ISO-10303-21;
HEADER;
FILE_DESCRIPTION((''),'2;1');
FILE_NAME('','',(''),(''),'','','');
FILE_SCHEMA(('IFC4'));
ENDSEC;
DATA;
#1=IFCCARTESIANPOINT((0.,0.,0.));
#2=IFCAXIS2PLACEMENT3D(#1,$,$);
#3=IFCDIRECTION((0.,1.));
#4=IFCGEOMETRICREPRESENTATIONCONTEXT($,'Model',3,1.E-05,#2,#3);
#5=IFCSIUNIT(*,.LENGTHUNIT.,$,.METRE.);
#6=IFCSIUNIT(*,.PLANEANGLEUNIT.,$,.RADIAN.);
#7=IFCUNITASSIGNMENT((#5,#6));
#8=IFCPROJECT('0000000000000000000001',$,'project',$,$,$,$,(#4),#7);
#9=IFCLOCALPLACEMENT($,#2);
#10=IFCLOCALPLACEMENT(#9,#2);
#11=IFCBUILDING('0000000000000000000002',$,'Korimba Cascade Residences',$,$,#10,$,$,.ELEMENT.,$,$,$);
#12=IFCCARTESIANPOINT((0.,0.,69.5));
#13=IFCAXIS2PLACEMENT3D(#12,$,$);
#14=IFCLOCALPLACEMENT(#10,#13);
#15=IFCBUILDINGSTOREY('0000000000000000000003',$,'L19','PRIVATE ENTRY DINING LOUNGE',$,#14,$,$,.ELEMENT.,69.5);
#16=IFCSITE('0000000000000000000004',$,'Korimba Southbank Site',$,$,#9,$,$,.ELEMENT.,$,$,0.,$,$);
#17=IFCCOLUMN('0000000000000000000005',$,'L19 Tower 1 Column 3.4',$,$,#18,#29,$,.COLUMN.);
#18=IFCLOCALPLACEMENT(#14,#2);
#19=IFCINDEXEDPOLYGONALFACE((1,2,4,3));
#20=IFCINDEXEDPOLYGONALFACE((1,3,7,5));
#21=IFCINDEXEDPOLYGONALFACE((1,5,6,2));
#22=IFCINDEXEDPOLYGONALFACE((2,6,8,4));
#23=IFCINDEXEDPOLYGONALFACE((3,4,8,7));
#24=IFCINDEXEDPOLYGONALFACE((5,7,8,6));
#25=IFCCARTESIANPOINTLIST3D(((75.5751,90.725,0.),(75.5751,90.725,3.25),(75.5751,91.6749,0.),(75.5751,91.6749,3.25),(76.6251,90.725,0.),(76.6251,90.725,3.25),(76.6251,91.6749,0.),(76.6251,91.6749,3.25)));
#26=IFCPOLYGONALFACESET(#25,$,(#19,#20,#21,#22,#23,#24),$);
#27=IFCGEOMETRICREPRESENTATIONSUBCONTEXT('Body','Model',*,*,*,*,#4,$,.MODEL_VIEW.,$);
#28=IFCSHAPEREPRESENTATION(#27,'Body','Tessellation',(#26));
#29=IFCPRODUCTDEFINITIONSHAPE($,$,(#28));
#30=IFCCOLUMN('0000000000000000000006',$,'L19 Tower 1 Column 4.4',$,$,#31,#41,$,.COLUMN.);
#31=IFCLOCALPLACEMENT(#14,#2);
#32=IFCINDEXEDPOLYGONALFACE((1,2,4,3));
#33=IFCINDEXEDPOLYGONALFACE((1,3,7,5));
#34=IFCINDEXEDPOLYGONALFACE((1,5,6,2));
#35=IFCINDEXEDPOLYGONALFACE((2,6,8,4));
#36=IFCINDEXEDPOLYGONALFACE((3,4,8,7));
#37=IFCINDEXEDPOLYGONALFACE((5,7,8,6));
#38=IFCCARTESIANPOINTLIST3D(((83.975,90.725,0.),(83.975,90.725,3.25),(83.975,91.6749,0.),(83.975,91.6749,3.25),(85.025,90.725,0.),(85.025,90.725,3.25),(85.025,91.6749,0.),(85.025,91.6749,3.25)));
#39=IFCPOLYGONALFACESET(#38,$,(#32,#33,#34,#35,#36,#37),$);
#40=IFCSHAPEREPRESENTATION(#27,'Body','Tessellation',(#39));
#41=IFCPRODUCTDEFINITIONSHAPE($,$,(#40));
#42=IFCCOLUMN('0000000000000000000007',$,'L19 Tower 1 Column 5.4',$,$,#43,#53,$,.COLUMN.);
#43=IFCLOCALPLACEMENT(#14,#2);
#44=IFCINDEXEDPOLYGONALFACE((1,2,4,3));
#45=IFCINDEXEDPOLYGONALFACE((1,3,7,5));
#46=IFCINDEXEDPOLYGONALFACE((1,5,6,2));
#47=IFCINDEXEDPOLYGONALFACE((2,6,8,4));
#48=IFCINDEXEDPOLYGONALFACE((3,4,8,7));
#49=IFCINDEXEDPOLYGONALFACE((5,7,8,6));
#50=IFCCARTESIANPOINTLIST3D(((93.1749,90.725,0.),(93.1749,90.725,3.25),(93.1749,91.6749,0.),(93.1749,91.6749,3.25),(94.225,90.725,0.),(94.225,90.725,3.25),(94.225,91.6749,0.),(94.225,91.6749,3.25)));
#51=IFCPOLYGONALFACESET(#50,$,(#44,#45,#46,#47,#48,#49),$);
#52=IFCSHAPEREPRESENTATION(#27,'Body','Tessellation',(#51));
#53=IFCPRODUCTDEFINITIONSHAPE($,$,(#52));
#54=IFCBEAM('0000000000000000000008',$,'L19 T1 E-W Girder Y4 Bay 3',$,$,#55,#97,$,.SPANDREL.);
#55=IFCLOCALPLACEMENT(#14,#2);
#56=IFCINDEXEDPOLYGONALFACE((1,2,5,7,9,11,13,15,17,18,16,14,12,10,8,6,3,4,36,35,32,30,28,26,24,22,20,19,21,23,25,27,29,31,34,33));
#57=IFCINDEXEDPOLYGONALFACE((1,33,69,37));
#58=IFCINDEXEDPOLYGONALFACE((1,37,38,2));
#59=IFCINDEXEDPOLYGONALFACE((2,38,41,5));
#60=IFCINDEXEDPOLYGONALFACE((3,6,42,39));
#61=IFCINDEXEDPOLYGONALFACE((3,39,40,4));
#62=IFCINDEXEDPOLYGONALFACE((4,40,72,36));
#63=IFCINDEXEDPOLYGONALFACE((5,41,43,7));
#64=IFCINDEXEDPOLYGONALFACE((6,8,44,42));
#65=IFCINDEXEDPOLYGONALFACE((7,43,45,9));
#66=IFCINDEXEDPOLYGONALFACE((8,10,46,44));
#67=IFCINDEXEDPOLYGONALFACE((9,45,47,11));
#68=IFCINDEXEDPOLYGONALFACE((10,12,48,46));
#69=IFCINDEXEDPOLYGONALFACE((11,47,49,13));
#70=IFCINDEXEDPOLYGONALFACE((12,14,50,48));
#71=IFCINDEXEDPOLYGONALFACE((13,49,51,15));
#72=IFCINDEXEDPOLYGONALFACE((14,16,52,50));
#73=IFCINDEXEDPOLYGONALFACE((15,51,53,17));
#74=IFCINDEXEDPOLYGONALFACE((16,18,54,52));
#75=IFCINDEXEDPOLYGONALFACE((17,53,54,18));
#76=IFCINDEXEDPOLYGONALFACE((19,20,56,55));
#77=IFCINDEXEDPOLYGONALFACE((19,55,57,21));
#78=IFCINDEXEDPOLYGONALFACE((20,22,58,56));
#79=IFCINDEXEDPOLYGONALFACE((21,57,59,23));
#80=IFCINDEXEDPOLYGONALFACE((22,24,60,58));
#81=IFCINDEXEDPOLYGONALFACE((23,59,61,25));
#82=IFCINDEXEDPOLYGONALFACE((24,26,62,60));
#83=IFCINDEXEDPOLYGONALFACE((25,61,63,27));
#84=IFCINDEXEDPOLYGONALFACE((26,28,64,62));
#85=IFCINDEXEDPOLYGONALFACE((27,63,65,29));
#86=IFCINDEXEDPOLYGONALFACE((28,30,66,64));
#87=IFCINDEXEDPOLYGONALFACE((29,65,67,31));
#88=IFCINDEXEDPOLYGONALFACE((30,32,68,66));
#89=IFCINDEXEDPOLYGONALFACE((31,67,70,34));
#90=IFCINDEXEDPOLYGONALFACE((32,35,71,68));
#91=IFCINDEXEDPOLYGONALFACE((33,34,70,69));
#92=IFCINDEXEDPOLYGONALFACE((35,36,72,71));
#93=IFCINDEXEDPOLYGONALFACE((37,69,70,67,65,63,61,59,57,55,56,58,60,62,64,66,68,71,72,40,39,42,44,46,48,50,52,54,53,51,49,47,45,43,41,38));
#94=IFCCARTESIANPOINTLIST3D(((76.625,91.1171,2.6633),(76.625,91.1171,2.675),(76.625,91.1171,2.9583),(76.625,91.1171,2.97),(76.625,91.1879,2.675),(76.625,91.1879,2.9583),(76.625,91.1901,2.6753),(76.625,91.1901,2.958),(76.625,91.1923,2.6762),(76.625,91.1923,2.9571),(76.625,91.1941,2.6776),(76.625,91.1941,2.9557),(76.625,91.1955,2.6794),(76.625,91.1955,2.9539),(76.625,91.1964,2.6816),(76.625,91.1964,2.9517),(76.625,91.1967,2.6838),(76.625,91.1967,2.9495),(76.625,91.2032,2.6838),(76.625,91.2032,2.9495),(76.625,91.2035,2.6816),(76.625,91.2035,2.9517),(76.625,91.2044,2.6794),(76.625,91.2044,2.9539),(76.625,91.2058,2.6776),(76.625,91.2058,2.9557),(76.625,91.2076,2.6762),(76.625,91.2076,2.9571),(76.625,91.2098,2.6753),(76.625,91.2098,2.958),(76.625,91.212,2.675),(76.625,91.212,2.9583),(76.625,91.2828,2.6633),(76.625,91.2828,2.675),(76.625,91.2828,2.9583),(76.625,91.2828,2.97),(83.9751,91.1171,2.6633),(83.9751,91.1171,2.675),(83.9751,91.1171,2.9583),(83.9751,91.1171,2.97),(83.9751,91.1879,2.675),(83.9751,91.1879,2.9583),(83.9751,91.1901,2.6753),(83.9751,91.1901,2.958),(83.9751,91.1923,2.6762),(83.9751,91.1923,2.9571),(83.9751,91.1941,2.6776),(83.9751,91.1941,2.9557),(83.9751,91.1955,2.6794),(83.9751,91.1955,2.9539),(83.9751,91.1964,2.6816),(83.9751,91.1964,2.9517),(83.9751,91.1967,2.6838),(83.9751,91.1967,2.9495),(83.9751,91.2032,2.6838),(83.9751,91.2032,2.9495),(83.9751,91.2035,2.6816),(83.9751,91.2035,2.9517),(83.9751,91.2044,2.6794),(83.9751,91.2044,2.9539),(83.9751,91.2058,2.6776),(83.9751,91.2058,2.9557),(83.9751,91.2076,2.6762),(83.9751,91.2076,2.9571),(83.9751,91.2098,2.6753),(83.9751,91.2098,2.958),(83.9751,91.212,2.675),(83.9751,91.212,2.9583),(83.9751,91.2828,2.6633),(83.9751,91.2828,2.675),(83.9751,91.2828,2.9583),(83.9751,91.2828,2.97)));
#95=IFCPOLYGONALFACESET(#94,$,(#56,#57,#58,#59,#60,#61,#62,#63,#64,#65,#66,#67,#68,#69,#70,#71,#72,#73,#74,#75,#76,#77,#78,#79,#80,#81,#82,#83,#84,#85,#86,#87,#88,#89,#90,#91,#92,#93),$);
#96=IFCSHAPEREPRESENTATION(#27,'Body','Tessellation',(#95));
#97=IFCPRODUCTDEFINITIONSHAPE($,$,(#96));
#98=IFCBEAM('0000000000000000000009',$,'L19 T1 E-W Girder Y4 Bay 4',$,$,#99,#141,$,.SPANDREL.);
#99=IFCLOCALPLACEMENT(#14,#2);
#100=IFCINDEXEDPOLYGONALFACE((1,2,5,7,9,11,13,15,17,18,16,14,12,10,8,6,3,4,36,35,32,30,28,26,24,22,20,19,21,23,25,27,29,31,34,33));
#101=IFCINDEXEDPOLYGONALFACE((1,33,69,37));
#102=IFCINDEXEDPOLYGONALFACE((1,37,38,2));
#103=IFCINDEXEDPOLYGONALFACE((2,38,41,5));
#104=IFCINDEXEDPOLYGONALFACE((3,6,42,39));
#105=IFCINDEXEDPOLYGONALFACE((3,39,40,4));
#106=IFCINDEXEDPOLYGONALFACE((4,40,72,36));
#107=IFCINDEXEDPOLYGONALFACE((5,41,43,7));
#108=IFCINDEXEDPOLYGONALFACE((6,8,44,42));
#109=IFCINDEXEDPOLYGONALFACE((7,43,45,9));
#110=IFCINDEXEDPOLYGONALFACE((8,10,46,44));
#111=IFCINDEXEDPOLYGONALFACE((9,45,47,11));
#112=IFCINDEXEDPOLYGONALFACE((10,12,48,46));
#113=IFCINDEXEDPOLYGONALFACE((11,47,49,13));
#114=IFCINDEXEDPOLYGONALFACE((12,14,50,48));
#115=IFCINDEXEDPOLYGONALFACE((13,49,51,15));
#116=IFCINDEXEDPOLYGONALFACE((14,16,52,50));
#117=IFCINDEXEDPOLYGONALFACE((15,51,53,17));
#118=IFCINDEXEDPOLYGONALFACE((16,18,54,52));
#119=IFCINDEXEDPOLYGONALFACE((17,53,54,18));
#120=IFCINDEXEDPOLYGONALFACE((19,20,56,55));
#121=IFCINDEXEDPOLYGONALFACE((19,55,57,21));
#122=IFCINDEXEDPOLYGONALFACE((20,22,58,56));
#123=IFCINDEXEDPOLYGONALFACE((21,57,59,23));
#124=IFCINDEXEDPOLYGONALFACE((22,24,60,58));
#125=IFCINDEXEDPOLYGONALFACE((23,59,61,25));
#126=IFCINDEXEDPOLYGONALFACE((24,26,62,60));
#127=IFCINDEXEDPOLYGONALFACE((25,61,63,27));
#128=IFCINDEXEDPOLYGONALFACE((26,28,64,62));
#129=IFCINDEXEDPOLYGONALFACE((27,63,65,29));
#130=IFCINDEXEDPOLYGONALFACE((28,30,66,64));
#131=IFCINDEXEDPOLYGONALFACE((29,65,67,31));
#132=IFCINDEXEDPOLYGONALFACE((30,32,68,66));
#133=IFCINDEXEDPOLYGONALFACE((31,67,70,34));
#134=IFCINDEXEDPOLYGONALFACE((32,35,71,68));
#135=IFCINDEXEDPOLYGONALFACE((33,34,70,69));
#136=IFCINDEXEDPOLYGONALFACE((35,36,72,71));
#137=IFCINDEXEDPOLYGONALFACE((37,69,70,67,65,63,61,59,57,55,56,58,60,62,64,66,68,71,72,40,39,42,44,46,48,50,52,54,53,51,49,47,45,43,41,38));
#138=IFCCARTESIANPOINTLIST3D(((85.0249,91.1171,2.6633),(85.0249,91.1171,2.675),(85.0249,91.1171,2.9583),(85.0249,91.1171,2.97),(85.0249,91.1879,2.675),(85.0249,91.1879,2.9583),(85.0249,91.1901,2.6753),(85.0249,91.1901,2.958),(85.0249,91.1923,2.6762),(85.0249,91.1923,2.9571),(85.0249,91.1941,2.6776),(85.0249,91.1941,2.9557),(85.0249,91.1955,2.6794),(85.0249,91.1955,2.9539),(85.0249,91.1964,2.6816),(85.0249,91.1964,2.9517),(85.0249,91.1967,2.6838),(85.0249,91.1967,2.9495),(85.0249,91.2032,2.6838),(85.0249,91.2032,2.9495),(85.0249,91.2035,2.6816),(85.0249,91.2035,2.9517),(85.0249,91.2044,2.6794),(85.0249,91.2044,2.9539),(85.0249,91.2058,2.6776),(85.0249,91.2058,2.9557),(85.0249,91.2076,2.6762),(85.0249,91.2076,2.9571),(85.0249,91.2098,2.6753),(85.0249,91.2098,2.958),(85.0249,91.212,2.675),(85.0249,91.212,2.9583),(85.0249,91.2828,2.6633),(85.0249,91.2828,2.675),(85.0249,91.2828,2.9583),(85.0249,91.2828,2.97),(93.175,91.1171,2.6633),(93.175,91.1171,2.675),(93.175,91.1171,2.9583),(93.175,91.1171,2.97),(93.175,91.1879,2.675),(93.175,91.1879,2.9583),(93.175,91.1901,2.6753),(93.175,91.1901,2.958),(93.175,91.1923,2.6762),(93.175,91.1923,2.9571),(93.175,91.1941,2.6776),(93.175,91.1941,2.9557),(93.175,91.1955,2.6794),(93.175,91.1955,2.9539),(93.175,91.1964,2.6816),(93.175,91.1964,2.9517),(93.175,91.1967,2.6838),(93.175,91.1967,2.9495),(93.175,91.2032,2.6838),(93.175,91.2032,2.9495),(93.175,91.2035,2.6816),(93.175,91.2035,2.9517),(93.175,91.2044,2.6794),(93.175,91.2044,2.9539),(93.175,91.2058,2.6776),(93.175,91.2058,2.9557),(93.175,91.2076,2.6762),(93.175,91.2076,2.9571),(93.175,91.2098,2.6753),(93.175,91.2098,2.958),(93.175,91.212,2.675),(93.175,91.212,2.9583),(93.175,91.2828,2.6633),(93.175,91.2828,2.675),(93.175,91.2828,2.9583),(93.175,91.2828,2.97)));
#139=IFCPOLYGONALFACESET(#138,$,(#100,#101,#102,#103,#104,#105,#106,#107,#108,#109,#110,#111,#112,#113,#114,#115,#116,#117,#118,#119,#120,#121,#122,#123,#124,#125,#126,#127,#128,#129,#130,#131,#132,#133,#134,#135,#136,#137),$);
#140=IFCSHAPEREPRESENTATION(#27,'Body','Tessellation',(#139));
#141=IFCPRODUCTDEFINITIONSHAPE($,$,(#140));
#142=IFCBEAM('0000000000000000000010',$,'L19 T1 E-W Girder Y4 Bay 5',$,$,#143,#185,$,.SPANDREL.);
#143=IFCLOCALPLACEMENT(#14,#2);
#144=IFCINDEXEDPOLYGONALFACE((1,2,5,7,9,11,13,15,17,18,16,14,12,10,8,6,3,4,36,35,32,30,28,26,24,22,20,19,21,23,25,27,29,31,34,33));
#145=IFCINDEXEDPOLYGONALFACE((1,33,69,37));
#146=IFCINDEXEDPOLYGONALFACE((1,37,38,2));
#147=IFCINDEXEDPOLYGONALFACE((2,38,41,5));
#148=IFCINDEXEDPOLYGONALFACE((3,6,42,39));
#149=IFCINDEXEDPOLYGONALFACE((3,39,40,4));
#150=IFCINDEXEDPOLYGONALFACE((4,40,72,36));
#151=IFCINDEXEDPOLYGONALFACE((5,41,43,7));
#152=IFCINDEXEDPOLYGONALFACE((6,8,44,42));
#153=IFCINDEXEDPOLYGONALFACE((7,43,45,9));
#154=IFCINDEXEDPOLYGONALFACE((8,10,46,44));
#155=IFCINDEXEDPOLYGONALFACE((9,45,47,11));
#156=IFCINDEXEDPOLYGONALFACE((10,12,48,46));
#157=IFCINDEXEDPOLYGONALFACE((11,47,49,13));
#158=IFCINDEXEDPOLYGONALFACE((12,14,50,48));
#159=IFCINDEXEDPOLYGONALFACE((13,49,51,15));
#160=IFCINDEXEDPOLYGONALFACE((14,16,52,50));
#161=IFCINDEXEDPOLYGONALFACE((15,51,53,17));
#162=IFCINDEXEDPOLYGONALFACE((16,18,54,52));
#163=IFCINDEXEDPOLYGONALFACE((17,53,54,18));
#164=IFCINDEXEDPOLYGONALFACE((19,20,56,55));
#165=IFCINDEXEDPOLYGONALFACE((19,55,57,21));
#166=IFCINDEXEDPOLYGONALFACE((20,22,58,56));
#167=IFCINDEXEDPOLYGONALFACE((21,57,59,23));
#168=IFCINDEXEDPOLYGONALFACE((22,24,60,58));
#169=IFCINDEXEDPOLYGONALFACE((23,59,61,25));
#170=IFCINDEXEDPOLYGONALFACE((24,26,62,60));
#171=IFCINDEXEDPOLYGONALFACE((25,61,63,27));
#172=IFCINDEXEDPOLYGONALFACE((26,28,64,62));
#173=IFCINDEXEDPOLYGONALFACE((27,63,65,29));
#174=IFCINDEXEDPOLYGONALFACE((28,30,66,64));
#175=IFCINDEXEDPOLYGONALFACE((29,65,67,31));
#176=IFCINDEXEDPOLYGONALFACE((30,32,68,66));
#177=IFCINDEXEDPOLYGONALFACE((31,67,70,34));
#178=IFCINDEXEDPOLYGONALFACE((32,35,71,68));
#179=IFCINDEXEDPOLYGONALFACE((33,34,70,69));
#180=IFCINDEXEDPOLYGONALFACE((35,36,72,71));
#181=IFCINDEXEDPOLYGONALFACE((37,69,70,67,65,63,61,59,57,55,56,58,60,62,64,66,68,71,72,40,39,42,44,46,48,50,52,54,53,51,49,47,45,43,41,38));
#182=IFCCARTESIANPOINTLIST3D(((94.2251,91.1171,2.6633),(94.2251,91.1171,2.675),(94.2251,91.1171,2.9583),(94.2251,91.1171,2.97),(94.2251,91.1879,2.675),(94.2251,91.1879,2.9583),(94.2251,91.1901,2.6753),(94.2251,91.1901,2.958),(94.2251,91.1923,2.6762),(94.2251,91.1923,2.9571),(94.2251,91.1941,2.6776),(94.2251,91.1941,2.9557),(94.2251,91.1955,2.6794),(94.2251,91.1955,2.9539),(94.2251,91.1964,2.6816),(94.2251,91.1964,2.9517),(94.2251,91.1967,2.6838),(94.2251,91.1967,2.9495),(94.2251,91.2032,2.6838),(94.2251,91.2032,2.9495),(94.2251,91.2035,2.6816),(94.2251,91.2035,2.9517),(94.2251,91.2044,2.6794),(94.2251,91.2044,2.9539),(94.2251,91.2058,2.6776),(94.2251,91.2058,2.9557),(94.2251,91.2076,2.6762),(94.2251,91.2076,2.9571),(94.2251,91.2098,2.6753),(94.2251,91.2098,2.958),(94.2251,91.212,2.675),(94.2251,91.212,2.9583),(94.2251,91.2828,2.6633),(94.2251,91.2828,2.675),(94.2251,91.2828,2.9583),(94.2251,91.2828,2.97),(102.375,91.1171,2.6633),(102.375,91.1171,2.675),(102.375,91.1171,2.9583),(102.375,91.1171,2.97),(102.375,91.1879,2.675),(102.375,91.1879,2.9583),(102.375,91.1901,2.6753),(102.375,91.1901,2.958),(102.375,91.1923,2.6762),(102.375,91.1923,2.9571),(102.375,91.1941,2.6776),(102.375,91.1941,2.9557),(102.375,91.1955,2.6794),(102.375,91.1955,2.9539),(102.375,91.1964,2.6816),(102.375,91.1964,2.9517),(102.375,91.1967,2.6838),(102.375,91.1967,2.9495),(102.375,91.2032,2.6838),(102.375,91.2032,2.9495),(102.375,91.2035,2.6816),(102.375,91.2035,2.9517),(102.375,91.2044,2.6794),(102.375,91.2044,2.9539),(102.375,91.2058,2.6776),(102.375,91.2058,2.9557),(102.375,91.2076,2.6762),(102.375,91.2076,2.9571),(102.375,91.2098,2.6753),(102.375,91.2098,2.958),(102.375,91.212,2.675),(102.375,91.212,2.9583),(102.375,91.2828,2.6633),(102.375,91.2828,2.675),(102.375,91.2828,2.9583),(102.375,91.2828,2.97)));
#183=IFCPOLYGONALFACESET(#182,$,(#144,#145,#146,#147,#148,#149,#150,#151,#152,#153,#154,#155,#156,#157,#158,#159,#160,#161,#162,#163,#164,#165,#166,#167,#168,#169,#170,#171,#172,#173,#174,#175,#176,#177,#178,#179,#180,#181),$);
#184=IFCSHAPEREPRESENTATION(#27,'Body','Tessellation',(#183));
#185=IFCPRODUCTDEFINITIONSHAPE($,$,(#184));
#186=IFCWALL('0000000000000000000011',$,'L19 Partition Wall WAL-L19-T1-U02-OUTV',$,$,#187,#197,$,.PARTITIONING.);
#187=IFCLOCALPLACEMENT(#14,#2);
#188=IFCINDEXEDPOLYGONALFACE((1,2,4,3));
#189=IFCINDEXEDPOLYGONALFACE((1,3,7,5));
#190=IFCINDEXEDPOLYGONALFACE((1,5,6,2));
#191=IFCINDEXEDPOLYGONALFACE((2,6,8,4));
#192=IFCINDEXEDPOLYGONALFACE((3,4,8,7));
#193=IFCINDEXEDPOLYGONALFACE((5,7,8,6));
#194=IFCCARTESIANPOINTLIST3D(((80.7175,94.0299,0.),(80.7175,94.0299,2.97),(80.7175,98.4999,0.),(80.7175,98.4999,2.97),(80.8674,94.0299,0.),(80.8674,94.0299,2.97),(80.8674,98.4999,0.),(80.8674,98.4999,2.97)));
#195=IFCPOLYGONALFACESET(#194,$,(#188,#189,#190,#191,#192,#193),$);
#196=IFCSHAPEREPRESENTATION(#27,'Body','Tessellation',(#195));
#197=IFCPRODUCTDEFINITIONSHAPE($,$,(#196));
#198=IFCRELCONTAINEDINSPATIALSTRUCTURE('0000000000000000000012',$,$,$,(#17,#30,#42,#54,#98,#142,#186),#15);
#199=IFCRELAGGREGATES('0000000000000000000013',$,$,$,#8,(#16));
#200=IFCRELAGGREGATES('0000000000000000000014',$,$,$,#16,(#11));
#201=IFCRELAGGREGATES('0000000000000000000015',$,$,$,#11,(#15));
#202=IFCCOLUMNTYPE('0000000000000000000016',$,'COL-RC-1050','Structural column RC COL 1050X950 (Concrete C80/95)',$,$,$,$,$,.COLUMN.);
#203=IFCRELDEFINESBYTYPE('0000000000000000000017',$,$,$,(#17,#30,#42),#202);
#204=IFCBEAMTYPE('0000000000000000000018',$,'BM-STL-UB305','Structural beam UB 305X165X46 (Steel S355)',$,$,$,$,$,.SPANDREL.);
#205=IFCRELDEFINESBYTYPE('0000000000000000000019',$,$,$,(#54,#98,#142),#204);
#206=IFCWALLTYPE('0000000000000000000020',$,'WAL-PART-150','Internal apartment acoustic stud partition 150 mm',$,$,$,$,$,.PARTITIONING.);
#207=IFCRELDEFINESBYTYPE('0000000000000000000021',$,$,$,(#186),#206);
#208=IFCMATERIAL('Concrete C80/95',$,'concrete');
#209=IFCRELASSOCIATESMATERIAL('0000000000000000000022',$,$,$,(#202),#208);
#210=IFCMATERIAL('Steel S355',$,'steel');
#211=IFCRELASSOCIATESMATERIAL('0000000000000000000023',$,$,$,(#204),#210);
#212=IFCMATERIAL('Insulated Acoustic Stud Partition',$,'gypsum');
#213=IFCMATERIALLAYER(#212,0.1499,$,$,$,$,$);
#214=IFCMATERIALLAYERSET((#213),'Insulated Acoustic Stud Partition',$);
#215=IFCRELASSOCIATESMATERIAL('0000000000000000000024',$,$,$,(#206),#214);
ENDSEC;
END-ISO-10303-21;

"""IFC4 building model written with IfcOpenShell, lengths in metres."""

from ifc_helpers import new_model, si_unit, direction, frame, frame_2d, origin, origin_2d, place, context, subcontext, project, spatial, rectangle, i_section, extrude, material, layer, layer_set, material_profile, profile_set, type_object, element, save


model = new_model("IFC4")

# Units and contexts
model_context = context("Model", 3, precision=1e-05, world=origin(), true_north=direction((0.0, 1.0)))
body_context = subcontext(model_context, "Body", "Model", "MODEL_VIEW")
ifc_project = project(units=[si_unit("LENGTHUNIT", "METRE"), si_unit("PLANEANGLEUNIT", "RADIAN")], contexts=[model_context])

# Site, building, storey
site_placement = place(None, origin())
site = spatial("IfcSite", under=ifc_project, at=site_placement, Name="Korimba Southbank Site", CompositionType="ELEMENT", RefElevation=0.0)
building_placement = place(site_placement, origin())
building = spatial("IfcBuilding", under=site, at=building_placement, Name="Korimba Cascade Residences", CompositionType="ELEMENT")
storey_placement = place(building_placement, frame((0.0, 0.0, 69.5)))
storey = spatial("IfcBuildingStorey", under=building, at=storey_placement, Name="L19", Description="PRIVATE ENTRY DINING LOUNGE", CompositionType="ELEMENT", Elevation=69.5)

# Columns
ifc_material_1 = material(Name="Concrete C80/95", Category="concrete")
ifc_material_profile_1 = material_profile(ifc_material_1, rectangle(XDim=1.05, YDim=0.95, at=origin_2d()), Name="Concrete C80/95")
ifc_profile_set_1 = profile_set([ifc_material_profile_1], Name="Concrete C80/95")
column_type = type_object("IfcColumnType", Name="COL-RC-1050", Description="Structural column RC COL 1050X950 (Concrete C80/95)", PredefinedType="COLUMN", material=ifc_profile_set_1)
for number, where, z_axis, x_axis, name in (
    (1, (76.1001, 91.2, 0.0), (0.0, 0.0, 1.0), (1.0, 0.0, 0.0), "L19 Tower 1 Column 3.4"),
    (2, (84.5, 91.2, 0.0), (0.0, 0.0, 1.0), (1.0, 0.0, 0.0), "L19 Tower 1 Column 4.4"),
    (3, (93.7, 91.2, 0.0), (0.0, 0.0, 1.0), (1.0, 0.0, 0.0), "L19 Tower 1 Column 5.4"),
):
    element("IfcColumn", number, at=place(storey_placement, frame(where, z_axis=z_axis, x_axis=x_axis)), inside=storey, type_object=column_type, Name=name, PredefinedType="COLUMN", context=body_context, shape_type="SweptSolid", body=[
        extrude(rectangle(XDim=1.05, YDim=0.95, at=origin_2d()), origin(), (0.0, 0.0, 1.0), 3.25),
    ])

# Beams
ifc_material_2 = material(Name="Steel S355", Category="steel")
ifc_material_profile_2 = material_profile(ifc_material_2, i_section(OverallWidth=0.1658, OverallDepth=0.3066, WebThickness=0.0066, FlangeThickness=0.0117, FilletRadius=0.0088, at=origin_2d()), Name="Steel S355")
ifc_profile_set_2 = profile_set([ifc_material_profile_2], Name="Steel S355")
beam_type = type_object("IfcBeamType", Name="BM-STL-UB305", Description="Structural beam UB 305X165X46 (Steel S355)", PredefinedType="SPANDREL", material=ifc_profile_set_2)
beam_1_placement = place(storey_placement, frame((76.625, 91.2, 2.8167), z_axis=(1.0, 0.0, 0.0), x_axis=(0.0, 1.0, 0.0)))
element("IfcBeam", 4, at=beam_1_placement, inside=storey, type_object=beam_type, Name="L19 T1 E-W Girder Y4 Bay 3", PredefinedType="SPANDREL", context=body_context, shape_type="SweptSolid", body=[
    extrude(i_section(OverallWidth=0.1658, OverallDepth=0.3066, WebThickness=0.0066, FlangeThickness=0.0117, FilletRadius=0.0088, at=origin_2d()), origin(), (0.0, 0.0, 1.0), 7.3501),
])
beam_2_placement = place(storey_placement, frame((85.0249, 91.2, 2.8167), z_axis=(1.0, 0.0, 0.0), x_axis=(0.0, 1.0, 0.0)))
element("IfcBeam", 5, at=beam_2_placement, inside=storey, type_object=beam_type, Name="L19 T1 E-W Girder Y4 Bay 4", PredefinedType="SPANDREL", context=body_context, shape_type="SweptSolid", body=[
    extrude(i_section(OverallWidth=0.1658, OverallDepth=0.3066, WebThickness=0.0066, FlangeThickness=0.0117, FilletRadius=0.0088, at=origin_2d()), origin(), (0.0, 0.0, 1.0), 8.1501),
])
beam_3_placement = place(storey_placement, frame((94.2251, 91.2, 2.8167), z_axis=(1.0, 0.0, 0.0), x_axis=(0.0, 1.0, 0.0)))
element("IfcBeam", 6, at=beam_3_placement, inside=storey, type_object=beam_type, Name="L19 T1 E-W Girder Y4 Bay 5", PredefinedType="SPANDREL", context=body_context, shape_type="SweptSolid", body=[
    extrude(i_section(OverallWidth=0.1658, OverallDepth=0.3066, WebThickness=0.0066, FlangeThickness=0.0117, FilletRadius=0.0088, at=origin_2d()), origin(), (0.0, 0.0, 1.0), 8.1499),
])

# Wall
ifc_material_3 = material(Name="Insulated Acoustic Stud Partition", Category="gypsum")
ifc_layer = layer(ifc_material_3, 0.1499)
ifc_layer_set = layer_set([ifc_layer], Name="Insulated Acoustic Stud Partition")
wall_type = type_object("IfcWallType", Name="WAL-PART-150", Description="Internal apartment acoustic stud partition 150 mm", PredefinedType="PARTITIONING", material=ifc_layer_set)
wall_1_placement = place(storey_placement, frame((80.7925, 94.03, 0.0), z_axis=(0.0, 0.0, 1.0), x_axis=(0.0, 1.0, 0.0)))
element("IfcWall", 7, at=wall_1_placement, inside=storey, type_object=wall_type, Name="L19 Partition Wall WAL-L19-T1-U02-OUTV", PredefinedType="PARTITIONING", context=body_context, shape_type="SweptSolid", body=[
    extrude(rectangle(XDim=4.47, YDim=0.1499, at=frame_2d((2.2349, 0.0))), origin(), (0.0, 0.0, 1.0), 2.97),
])

save(model, "model.ifc")
